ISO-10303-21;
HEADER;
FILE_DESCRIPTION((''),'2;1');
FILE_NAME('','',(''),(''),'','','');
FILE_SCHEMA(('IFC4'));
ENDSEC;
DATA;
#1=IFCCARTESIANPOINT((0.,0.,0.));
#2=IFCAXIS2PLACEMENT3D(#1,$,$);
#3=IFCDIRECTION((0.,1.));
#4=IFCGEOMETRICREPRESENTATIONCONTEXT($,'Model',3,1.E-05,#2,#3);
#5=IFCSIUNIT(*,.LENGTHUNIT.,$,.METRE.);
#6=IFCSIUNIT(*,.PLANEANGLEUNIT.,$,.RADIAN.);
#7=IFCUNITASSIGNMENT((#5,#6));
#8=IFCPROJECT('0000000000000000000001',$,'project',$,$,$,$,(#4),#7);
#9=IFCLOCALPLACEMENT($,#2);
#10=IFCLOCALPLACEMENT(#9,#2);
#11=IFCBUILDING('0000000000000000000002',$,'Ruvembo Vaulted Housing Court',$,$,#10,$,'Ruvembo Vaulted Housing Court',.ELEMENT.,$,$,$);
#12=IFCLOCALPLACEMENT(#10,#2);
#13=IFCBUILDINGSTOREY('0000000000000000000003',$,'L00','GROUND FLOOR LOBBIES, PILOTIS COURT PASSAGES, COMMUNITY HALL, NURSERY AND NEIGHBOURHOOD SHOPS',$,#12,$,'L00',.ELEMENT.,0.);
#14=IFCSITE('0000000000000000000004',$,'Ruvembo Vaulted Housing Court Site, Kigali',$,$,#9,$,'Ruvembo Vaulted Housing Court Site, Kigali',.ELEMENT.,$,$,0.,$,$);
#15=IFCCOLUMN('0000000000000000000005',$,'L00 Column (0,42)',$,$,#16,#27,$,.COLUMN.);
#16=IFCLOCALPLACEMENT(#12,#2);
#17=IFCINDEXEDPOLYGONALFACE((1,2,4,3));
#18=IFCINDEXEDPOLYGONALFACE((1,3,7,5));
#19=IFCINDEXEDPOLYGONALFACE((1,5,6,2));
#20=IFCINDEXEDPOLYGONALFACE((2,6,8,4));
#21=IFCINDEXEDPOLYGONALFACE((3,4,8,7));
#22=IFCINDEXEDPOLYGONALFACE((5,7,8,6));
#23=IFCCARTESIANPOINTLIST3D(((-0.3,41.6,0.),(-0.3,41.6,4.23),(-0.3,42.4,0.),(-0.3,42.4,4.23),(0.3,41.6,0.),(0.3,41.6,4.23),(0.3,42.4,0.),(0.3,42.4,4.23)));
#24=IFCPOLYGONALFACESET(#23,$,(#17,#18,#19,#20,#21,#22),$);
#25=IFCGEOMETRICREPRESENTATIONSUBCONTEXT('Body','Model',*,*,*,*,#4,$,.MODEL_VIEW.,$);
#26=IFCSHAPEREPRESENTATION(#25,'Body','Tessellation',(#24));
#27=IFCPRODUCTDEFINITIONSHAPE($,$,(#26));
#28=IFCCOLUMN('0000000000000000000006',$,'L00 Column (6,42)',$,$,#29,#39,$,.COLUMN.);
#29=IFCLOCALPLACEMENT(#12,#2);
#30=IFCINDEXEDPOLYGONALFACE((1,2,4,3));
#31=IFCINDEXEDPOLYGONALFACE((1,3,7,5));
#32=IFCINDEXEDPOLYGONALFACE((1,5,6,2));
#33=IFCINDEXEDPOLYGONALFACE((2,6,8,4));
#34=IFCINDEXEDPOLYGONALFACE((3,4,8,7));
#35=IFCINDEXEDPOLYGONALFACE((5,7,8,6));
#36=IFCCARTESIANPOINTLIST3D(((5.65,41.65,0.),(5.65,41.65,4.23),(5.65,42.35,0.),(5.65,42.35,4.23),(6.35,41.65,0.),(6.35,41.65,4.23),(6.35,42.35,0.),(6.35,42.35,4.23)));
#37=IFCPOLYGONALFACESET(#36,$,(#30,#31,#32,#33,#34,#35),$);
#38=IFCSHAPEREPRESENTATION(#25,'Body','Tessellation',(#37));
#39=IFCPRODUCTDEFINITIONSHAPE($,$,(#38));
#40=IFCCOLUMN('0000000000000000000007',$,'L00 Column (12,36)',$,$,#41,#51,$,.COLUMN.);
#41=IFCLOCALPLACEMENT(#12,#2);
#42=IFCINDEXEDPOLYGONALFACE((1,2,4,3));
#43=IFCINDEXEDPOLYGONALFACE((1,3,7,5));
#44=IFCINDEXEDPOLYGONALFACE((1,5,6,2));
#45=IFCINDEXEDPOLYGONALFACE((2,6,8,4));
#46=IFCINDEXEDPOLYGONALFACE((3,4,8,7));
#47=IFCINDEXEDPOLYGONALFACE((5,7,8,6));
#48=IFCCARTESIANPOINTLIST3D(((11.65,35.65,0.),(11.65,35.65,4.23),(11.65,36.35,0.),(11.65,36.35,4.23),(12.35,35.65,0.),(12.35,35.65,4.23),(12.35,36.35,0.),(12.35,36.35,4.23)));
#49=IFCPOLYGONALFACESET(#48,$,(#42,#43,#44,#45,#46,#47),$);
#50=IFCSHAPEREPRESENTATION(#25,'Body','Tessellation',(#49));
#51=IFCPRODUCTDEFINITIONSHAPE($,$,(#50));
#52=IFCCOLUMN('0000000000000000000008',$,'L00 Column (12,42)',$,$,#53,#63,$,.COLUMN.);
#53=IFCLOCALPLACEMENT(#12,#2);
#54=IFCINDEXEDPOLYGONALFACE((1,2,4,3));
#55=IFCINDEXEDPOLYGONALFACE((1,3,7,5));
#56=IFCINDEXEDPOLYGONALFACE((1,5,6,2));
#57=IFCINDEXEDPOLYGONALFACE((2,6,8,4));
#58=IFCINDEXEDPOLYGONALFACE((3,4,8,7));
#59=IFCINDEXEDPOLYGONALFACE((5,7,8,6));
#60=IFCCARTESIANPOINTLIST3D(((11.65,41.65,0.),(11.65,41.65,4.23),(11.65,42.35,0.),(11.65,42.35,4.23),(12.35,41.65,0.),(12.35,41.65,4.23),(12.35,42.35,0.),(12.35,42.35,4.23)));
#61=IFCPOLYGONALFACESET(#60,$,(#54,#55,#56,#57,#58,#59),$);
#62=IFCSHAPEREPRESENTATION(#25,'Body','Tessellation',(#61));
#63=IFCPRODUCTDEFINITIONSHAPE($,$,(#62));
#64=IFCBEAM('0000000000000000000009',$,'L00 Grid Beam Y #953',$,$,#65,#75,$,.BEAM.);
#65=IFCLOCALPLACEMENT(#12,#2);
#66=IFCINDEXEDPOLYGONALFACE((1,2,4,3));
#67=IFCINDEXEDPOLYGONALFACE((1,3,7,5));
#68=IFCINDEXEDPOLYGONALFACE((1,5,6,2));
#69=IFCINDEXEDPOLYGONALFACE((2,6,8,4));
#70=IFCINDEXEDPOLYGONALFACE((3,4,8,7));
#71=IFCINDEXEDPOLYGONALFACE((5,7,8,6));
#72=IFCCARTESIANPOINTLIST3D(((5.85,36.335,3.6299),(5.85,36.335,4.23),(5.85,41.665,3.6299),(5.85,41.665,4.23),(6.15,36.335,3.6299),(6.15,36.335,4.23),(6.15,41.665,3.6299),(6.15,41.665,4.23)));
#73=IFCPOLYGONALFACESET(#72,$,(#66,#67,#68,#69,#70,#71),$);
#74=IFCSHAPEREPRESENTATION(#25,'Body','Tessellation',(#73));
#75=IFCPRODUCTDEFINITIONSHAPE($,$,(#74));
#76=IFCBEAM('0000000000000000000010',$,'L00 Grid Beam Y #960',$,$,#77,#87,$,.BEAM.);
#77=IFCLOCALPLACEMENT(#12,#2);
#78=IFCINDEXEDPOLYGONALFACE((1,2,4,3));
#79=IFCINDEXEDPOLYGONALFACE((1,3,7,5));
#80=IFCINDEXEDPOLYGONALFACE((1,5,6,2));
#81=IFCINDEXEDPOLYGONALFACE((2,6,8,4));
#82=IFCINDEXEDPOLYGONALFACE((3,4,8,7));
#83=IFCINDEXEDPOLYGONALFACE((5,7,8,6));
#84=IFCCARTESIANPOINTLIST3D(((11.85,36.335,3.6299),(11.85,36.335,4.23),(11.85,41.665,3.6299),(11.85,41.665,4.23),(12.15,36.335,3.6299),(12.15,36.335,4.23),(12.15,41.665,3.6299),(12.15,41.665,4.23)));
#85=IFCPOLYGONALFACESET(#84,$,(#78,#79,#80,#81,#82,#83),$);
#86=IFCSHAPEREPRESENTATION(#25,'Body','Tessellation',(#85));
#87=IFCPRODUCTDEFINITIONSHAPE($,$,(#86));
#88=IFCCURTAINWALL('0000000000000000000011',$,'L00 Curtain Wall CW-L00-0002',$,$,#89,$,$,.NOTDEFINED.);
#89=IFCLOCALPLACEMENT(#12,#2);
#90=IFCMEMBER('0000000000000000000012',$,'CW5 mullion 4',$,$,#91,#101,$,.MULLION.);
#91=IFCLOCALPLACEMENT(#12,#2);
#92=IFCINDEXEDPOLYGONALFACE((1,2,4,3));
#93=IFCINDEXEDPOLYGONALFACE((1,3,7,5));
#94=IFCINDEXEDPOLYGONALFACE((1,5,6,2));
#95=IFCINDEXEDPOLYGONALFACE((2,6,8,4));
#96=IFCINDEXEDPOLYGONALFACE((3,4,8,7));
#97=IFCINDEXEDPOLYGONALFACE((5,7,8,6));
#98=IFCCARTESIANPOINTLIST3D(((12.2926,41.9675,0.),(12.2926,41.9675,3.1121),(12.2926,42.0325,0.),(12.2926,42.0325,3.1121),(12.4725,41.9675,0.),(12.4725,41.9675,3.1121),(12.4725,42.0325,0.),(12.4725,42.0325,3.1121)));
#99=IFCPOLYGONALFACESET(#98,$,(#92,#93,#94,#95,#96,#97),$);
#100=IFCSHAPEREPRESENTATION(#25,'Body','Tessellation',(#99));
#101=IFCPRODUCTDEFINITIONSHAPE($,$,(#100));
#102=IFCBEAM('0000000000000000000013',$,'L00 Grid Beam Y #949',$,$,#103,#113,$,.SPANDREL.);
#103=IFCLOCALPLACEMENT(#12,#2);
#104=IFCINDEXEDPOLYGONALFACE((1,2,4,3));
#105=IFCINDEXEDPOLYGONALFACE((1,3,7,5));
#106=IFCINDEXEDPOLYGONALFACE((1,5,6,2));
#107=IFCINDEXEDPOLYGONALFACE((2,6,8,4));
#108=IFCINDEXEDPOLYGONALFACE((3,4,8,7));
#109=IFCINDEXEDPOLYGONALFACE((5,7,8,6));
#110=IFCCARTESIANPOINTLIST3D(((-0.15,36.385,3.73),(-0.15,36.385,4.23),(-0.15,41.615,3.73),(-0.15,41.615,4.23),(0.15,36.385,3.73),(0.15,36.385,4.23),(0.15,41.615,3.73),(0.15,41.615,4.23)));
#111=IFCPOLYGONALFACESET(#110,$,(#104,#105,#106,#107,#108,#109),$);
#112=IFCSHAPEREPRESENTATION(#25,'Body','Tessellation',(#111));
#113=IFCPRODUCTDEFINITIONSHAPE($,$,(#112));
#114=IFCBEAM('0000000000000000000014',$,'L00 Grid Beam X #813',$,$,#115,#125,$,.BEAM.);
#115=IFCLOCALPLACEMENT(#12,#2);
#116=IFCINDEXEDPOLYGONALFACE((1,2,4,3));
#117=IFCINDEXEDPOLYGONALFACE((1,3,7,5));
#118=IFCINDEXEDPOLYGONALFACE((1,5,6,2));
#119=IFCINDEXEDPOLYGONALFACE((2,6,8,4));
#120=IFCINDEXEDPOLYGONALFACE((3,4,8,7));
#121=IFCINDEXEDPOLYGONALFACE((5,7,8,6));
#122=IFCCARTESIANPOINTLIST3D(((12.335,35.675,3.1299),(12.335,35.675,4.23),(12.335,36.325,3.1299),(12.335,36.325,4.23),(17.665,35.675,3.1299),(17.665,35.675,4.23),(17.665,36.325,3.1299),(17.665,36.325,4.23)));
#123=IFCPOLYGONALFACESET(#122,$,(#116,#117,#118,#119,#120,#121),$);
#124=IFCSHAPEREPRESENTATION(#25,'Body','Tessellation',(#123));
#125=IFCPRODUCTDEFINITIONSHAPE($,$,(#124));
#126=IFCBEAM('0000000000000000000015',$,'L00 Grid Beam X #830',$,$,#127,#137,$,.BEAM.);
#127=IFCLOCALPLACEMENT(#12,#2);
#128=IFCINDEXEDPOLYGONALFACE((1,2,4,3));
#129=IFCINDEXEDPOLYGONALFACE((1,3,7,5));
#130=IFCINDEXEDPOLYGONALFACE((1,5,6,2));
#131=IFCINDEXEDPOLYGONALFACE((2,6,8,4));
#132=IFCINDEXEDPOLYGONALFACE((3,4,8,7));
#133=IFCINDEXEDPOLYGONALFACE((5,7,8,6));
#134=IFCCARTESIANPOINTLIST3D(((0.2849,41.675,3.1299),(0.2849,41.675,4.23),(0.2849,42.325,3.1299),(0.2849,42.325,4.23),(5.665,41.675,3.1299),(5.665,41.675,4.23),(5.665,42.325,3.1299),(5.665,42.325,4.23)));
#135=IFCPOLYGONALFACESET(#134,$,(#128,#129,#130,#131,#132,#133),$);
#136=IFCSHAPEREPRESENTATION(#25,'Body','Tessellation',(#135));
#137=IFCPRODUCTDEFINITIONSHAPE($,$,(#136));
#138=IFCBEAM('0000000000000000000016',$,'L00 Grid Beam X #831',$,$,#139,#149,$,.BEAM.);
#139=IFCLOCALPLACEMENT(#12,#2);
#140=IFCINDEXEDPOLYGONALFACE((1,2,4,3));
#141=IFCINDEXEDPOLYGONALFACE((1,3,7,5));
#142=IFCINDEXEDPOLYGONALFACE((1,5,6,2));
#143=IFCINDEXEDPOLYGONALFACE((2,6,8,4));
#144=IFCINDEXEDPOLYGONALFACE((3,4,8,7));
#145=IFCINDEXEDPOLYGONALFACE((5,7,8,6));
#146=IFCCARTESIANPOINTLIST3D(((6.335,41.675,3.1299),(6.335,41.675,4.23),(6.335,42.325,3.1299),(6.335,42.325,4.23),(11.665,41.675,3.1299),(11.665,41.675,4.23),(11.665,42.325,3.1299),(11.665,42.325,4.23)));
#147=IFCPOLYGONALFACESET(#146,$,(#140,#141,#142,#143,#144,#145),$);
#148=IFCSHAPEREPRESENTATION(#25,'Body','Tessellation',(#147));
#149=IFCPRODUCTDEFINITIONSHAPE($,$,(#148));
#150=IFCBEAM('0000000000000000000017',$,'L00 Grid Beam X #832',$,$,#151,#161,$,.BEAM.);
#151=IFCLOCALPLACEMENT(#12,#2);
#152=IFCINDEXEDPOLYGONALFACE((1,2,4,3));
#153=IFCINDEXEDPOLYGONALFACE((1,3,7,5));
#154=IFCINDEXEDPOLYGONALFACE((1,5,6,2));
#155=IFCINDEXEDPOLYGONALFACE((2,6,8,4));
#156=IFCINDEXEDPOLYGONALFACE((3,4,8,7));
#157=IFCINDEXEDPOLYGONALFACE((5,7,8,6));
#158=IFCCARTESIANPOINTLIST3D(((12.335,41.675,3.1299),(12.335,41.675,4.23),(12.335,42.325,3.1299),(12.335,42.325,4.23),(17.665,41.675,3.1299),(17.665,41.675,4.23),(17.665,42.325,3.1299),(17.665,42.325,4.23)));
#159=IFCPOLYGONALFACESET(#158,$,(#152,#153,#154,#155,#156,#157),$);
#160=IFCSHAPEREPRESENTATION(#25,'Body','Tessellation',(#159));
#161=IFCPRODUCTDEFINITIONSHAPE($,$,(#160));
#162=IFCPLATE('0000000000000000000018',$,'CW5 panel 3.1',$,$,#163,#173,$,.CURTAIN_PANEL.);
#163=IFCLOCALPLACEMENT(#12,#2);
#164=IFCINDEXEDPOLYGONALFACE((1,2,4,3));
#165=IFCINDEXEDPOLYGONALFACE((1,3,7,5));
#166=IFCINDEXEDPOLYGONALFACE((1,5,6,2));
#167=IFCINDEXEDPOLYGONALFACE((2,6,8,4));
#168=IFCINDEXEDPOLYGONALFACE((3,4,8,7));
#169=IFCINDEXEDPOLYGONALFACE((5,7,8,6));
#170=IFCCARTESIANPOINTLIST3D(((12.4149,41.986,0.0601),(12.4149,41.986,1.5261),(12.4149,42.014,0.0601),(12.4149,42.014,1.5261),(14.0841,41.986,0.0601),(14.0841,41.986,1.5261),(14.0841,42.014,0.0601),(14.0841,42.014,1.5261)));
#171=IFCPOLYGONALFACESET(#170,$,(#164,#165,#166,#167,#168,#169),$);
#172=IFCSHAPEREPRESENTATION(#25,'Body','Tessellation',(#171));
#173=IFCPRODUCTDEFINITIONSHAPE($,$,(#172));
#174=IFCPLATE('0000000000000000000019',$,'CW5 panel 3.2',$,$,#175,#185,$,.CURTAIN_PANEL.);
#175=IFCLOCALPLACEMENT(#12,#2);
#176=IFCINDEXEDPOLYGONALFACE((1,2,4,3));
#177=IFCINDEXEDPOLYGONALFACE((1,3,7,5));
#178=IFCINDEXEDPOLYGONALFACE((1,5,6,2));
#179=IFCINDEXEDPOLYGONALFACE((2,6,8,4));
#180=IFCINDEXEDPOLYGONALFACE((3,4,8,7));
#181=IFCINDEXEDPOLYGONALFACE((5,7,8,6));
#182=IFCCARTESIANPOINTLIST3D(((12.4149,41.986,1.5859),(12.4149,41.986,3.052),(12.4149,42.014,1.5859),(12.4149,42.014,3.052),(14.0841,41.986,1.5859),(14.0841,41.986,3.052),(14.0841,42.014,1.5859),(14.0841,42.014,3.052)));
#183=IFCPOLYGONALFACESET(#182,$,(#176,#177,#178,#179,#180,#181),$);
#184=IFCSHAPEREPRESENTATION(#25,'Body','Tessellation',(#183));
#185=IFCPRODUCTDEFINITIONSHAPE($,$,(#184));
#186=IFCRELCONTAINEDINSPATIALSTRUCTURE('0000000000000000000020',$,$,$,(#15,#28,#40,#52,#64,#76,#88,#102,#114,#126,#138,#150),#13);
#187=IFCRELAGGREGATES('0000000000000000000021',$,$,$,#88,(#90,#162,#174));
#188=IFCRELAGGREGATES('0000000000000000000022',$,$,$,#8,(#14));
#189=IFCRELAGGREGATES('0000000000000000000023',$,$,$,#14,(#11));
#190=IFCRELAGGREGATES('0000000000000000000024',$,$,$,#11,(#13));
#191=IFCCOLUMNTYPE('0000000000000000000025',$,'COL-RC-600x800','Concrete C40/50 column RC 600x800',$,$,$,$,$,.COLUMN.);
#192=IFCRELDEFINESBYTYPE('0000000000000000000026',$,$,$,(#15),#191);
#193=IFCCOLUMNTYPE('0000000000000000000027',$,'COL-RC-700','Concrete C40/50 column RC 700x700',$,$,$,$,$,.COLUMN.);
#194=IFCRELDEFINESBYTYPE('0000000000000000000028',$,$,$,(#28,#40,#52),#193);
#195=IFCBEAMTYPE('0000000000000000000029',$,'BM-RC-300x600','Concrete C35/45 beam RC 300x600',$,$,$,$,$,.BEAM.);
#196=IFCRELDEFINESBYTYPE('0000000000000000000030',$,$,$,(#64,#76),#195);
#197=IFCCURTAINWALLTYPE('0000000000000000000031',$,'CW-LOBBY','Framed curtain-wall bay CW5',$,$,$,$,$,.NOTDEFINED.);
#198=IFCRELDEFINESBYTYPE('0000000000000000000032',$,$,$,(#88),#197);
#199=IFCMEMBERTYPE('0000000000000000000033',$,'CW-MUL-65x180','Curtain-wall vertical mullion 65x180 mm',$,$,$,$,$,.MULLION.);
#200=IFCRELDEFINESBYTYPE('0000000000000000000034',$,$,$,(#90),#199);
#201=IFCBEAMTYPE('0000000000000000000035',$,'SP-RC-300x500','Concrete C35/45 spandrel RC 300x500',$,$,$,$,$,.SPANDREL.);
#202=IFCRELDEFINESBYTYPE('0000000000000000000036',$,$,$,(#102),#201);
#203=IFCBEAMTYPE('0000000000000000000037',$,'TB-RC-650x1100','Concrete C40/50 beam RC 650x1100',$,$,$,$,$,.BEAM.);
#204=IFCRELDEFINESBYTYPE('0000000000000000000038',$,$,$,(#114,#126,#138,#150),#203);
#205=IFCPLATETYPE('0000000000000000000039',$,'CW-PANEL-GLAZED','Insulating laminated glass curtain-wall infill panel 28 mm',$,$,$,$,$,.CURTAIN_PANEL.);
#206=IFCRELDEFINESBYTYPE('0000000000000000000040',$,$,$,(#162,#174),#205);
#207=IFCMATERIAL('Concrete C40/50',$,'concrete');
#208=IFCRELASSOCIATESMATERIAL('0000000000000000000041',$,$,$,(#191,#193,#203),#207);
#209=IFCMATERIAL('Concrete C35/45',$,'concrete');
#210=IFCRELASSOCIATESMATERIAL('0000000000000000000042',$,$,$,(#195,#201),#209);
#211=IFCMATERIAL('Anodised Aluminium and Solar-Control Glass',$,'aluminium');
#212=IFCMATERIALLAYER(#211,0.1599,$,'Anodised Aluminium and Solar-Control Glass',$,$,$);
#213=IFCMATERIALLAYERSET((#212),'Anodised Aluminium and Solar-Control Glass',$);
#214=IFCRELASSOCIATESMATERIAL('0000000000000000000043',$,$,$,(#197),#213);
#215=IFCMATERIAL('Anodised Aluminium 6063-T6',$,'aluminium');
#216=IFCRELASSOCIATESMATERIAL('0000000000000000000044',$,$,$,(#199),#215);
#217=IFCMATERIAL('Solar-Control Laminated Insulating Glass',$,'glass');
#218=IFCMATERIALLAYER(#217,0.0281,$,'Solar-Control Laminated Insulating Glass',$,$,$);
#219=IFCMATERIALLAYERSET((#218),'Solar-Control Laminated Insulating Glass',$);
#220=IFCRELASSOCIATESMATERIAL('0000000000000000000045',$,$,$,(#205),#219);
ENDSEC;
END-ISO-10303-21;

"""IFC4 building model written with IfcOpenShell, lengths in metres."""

from ifc_helpers import new_model, si_unit, direction, frame, origin, origin_2d, place, context, subcontext, project, spatial, rectangle, extrude, material, layer, layer_set, material_profile, profile_set, type_object, element, aggregate, save


model = new_model("IFC4")

# Units and contexts
model_context = context("Model", 3, precision=1e-05, world=origin(), true_north=direction((0.0, 1.0)))
body_context = subcontext(model_context, "Body", "Model", "MODEL_VIEW")
ifc_project = project(units=[si_unit("LENGTHUNIT", "METRE"), si_unit("PLANEANGLEUNIT", "RADIAN")], contexts=[model_context])

# Site, building, storey
site_placement = place(None, origin())
site = spatial("IfcSite", under=ifc_project, at=site_placement, Name="Ruvembo Vaulted Housing Court Site, Kigali", LongName="Ruvembo Vaulted Housing Court Site, Kigali", CompositionType="ELEMENT", RefElevation=0.0)
building_placement = place(site_placement, origin())
building = spatial("IfcBuilding", under=site, at=building_placement, Name="Ruvembo Vaulted Housing Court", LongName="Ruvembo Vaulted Housing Court", CompositionType="ELEMENT")
storey_placement = place(building_placement, origin())
storey = spatial("IfcBuildingStorey", under=building, at=storey_placement, Name="L00", Description="GROUND FLOOR LOBBIES, PILOTIS COURT PASSAGES, COMMUNITY HALL, NURSERY AND NEIGHBOURHOOD SHOPS", LongName="L00", CompositionType="ELEMENT", Elevation=0.0)

# Columns
ifc_material_1 = material(Name="Concrete C40/50", Category="concrete")
ifc_material_profile_1 = material_profile(ifc_material_1, rectangle(XDim=0.6001, YDim=0.8, at=origin_2d()), Name="RC 600x800")
ifc_profile_set_1 = profile_set([ifc_material_profile_1], Name="Concrete C40/50")
column_type_1 = type_object("IfcColumnType", Name="COL-RC-600x800", Description="Concrete C40/50 column RC 600x800", PredefinedType="COLUMN", material=ifc_profile_set_1)
column_placement = place(storey_placement, frame((0.0, 42.0, 0.0), z_axis=(0.0, 0.0, 1.0), x_axis=(1.0, 0.0, 0.0)))
element("IfcColumn", 1, at=column_placement, inside=storey, type_object=column_type_1, Name="L00 Column (0,42)", PredefinedType="COLUMN", context=body_context, shape_type="SweptSolid", body=[
    extrude(rectangle(XDim=0.6001, YDim=0.8, at=origin_2d()), origin(), (0.0, 0.0, 1.0), 4.23),
])
ifc_material_profile_2 = material_profile(ifc_material_1, rectangle(XDim=0.7, YDim=0.7, at=origin_2d()), Name="RC 700x700")
ifc_profile_set_2 = profile_set([ifc_material_profile_2], Name="Concrete C40/50")
column_type_2 = type_object("IfcColumnType", Name="COL-RC-700", Description="Concrete C40/50 column RC 700x700", PredefinedType="COLUMN", material=ifc_profile_set_2)
for number, where, z_axis, x_axis, name in (
    (2, (6.0, 42.0, 0.0), (0.0, 0.0, 1.0), (1.0, 0.0, 0.0), "L00 Column (6,42)"),
    (3, (12.0, 36.0, 0.0), (0.0, 0.0, 1.0), (1.0, 0.0, 0.0), "L00 Column (12,36)"),
    (4, (12.0, 42.0, 0.0), (0.0, 0.0, 1.0), (1.0, 0.0, 0.0), "L00 Column (12,42)"),
):
    element("IfcColumn", number, at=place(storey_placement, frame(where, z_axis=z_axis, x_axis=x_axis)), inside=storey, type_object=column_type_2, Name=name, PredefinedType="COLUMN", context=body_context, shape_type="SweptSolid", body=[
        extrude(rectangle(XDim=0.7, YDim=0.7, at=origin_2d()), origin(), (0.0, 0.0, 1.0), 4.23),
    ])

# Beams
ifc_material_2 = material(Name="Concrete C35/45", Category="concrete")
ifc_material_profile_3 = material_profile(ifc_material_2, rectangle(XDim=0.3, YDim=0.6001, at=origin_2d()), Name="RC 300x600")
ifc_profile_set_3 = profile_set([ifc_material_profile_3], Name="Concrete C35/45")
beam_type_1 = type_object("IfcBeamType", Name="BM-RC-300x600", Description="Concrete C35/45 beam RC 300x600", PredefinedType="BEAM", material=ifc_profile_set_3)
for number, where, z_axis, x_axis, name in (
    (5, (6.0, 36.335, 3.9299), (0.0, 1.0, 0.0), (-1.0, 0.0, 0.0), "L00 Grid Beam Y #953"),
    (6, (12.0, 36.335, 3.9299), (0.0, 1.0, 0.0), (-1.0, 0.0, 0.0), "L00 Grid Beam Y #960"),
):
    element("IfcBeam", number, at=place(storey_placement, frame(where, z_axis=z_axis, x_axis=x_axis)), inside=storey, type_object=beam_type_1, Name=name, PredefinedType="BEAM", context=body_context, shape_type="SweptSolid", body=[
        extrude(rectangle(XDim=0.3, YDim=0.6001, at=origin_2d()), origin(), (0.0, 0.0, 1.0), 5.3301),
    ])

# Curtain wall, member
ifc_material_3 = material(Name="Anodised Aluminium and Solar-Control Glass", Category="aluminium")
ifc_layer_1 = layer(ifc_material_3, 0.1599, Name="Anodised Aluminium and Solar-Control Glass")
ifc_layer_set_1 = layer_set([ifc_layer_1], Name="Anodised Aluminium and Solar-Control Glass")
curtain_wall_type = type_object("IfcCurtainWallType", Name="CW-LOBBY", Description="Framed curtain-wall bay CW5", PredefinedType="NOTDEFINED", material=ifc_layer_set_1)
curtain_wall_placement = place(storey_placement, origin())
curtain_wall = element("IfcCurtainWall", 7, at=curtain_wall_placement, inside=storey, type_object=curtain_wall_type, Name="L00 Curtain Wall CW-L00-0002", PredefinedType="NOTDEFINED")
ifc_material_4 = material(Name="Anodised Aluminium 6063-T6", Category="aluminium")
ifc_material_profile_4 = material_profile(ifc_material_4, rectangle(XDim=0.0649, YDim=0.1799, at=origin_2d()), Name="ALU 65x180")
ifc_profile_set_4 = profile_set([ifc_material_profile_4], Name="Anodised Aluminium 6063-T6")
member_type = type_object("IfcMemberType", Name="CW-MUL-65x180", Description="Curtain-wall vertical mullion 65x180 mm", PredefinedType="MULLION", material=ifc_profile_set_4)
member_placement = place(storey_placement, frame((12.3826, 42.0, 0.0), z_axis=(0.0, 0.0, 1.0), x_axis=(0.0, -1.0, 0.0)))
member = element("IfcMember", 8, at=member_placement, type_object=member_type, Name="CW5 mullion 4", PredefinedType="MULLION", context=body_context, shape_type="SweptSolid", body=[
    extrude(rectangle(XDim=0.0649, YDim=0.1799, at=origin_2d()), origin(), (0.0, 0.0, 1.0), 3.1121),
])

# Beams
ifc_material_profile_5 = material_profile(ifc_material_2, rectangle(XDim=0.3, YDim=0.5, at=origin_2d()), Name="RC 300x500")
ifc_profile_set_5 = profile_set([ifc_material_profile_5], Name="Concrete C35/45")
beam_type_2 = type_object("IfcBeamType", Name="SP-RC-300x500", Description="Concrete C35/45 spandrel RC 300x500", PredefinedType="SPANDREL", material=ifc_profile_set_5)
beam_1_placement = place(storey_placement, frame((0.0, 36.385, 3.98), z_axis=(0.0, 1.0, 0.0), x_axis=(-1.0, 0.0, 0.0)))
element("IfcBeam", 9, at=beam_1_placement, inside=storey, type_object=beam_type_2, Name="L00 Grid Beam Y #949", PredefinedType="SPANDREL", context=body_context, shape_type="SweptSolid", body=[
    extrude(rectangle(XDim=0.3, YDim=0.5, at=origin_2d()), origin(), (0.0, 0.0, 1.0), 5.23),
])
ifc_material_profile_6 = material_profile(ifc_material_1, rectangle(XDim=0.6499, YDim=1.1001, at=origin_2d()), Name="RC 650x1100")
ifc_profile_set_6 = profile_set([ifc_material_profile_6], Name="Concrete C40/50")
beam_type_3 = type_object("IfcBeamType", Name="TB-RC-650x1100", Description="Concrete C40/50 beam RC 650x1100", PredefinedType="BEAM", material=ifc_profile_set_6)
beam_2_placement = place(storey_placement, frame((12.335, 36.0, 3.6799), z_axis=(1.0, 0.0, 0.0), x_axis=(0.0, 1.0, 0.0)))
element("IfcBeam", 10, at=beam_2_placement, inside=storey, type_object=beam_type_3, Name="L00 Grid Beam X #813", PredefinedType="BEAM", context=body_context, shape_type="SweptSolid", body=[
    extrude(rectangle(XDim=0.6499, YDim=1.1001, at=origin_2d()), origin(), (0.0, 0.0, 1.0), 5.3301),
])
beam_3_placement = place(storey_placement, frame((0.2849, 42.0, 3.6799), z_axis=(1.0, 0.0, 0.0), x_axis=(0.0, 1.0, 0.0)))
element("IfcBeam", 11, at=beam_3_placement, inside=storey, type_object=beam_type_3, Name="L00 Grid Beam X #830", PredefinedType="BEAM", context=body_context, shape_type="SweptSolid", body=[
    extrude(rectangle(XDim=0.6499, YDim=1.1001, at=origin_2d()), origin(), (0.0, 0.0, 1.0), 5.3801),
])
for number, where, z_axis, x_axis, name in (
    (12, (6.335, 42.0, 3.6799), (1.0, 0.0, 0.0), (0.0, 1.0, 0.0), "L00 Grid Beam X #831"),
    (13, (12.335, 42.0, 3.6799), (1.0, 0.0, 0.0), (0.0, 1.0, 0.0), "L00 Grid Beam X #832"),
):
    element("IfcBeam", number, at=place(storey_placement, frame(where, z_axis=z_axis, x_axis=x_axis)), inside=storey, type_object=beam_type_3, Name=name, PredefinedType="BEAM", context=body_context, shape_type="SweptSolid", body=[
        extrude(rectangle(XDim=0.6499, YDim=1.1001, at=origin_2d()), origin(), (0.0, 0.0, 1.0), 5.3301),
    ])

# Plates
ifc_material_5 = material(Name="Solar-Control Laminated Insulating Glass", Category="glass")
ifc_layer_2 = layer(ifc_material_5, 0.0281, Name="Solar-Control Laminated Insulating Glass")
ifc_layer_set_2 = layer_set([ifc_layer_2], Name="Solar-Control Laminated Insulating Glass")
plate_type = type_object("IfcPlateType", Name="CW-PANEL-GLAZED", Description="Insulating laminated glass curtain-wall infill panel 28 mm", PredefinedType="CURTAIN_PANEL", material=ifc_layer_set_2)
plate_1_placement = place(storey_placement, frame((13.2495, 42.0, 0.0601), z_axis=(0.0, 0.0, 1.0), x_axis=(-1.0, 0.0, 0.0)))
plate_1 = element("IfcPlate", 14, at=plate_1_placement, type_object=plate_type, Name="CW5 panel 3.1", PredefinedType="CURTAIN_PANEL", context=body_context, shape_type="SweptSolid", body=[
    extrude(rectangle(XDim=1.6692, YDim=0.0281, at=origin_2d()), origin(), (0.0, 0.0, 1.0), 1.4661),
])
plate_2_placement = place(storey_placement, frame((13.2495, 42.0, 1.5859), z_axis=(0.0, 0.0, 1.0), x_axis=(-1.0, 0.0, 0.0)))
plate_2 = element("IfcPlate", 15, at=plate_2_placement, type_object=plate_type, Name="CW5 panel 3.2", PredefinedType="CURTAIN_PANEL", context=body_context, shape_type="SweptSolid", body=[
    extrude(rectangle(XDim=1.6692, YDim=0.0281, at=origin_2d()), origin(), (0.0, 0.0, 1.0), 1.4661),
])
aggregate(curtain_wall, [member, plate_1, plate_2])

save(model, "model.ifc")
